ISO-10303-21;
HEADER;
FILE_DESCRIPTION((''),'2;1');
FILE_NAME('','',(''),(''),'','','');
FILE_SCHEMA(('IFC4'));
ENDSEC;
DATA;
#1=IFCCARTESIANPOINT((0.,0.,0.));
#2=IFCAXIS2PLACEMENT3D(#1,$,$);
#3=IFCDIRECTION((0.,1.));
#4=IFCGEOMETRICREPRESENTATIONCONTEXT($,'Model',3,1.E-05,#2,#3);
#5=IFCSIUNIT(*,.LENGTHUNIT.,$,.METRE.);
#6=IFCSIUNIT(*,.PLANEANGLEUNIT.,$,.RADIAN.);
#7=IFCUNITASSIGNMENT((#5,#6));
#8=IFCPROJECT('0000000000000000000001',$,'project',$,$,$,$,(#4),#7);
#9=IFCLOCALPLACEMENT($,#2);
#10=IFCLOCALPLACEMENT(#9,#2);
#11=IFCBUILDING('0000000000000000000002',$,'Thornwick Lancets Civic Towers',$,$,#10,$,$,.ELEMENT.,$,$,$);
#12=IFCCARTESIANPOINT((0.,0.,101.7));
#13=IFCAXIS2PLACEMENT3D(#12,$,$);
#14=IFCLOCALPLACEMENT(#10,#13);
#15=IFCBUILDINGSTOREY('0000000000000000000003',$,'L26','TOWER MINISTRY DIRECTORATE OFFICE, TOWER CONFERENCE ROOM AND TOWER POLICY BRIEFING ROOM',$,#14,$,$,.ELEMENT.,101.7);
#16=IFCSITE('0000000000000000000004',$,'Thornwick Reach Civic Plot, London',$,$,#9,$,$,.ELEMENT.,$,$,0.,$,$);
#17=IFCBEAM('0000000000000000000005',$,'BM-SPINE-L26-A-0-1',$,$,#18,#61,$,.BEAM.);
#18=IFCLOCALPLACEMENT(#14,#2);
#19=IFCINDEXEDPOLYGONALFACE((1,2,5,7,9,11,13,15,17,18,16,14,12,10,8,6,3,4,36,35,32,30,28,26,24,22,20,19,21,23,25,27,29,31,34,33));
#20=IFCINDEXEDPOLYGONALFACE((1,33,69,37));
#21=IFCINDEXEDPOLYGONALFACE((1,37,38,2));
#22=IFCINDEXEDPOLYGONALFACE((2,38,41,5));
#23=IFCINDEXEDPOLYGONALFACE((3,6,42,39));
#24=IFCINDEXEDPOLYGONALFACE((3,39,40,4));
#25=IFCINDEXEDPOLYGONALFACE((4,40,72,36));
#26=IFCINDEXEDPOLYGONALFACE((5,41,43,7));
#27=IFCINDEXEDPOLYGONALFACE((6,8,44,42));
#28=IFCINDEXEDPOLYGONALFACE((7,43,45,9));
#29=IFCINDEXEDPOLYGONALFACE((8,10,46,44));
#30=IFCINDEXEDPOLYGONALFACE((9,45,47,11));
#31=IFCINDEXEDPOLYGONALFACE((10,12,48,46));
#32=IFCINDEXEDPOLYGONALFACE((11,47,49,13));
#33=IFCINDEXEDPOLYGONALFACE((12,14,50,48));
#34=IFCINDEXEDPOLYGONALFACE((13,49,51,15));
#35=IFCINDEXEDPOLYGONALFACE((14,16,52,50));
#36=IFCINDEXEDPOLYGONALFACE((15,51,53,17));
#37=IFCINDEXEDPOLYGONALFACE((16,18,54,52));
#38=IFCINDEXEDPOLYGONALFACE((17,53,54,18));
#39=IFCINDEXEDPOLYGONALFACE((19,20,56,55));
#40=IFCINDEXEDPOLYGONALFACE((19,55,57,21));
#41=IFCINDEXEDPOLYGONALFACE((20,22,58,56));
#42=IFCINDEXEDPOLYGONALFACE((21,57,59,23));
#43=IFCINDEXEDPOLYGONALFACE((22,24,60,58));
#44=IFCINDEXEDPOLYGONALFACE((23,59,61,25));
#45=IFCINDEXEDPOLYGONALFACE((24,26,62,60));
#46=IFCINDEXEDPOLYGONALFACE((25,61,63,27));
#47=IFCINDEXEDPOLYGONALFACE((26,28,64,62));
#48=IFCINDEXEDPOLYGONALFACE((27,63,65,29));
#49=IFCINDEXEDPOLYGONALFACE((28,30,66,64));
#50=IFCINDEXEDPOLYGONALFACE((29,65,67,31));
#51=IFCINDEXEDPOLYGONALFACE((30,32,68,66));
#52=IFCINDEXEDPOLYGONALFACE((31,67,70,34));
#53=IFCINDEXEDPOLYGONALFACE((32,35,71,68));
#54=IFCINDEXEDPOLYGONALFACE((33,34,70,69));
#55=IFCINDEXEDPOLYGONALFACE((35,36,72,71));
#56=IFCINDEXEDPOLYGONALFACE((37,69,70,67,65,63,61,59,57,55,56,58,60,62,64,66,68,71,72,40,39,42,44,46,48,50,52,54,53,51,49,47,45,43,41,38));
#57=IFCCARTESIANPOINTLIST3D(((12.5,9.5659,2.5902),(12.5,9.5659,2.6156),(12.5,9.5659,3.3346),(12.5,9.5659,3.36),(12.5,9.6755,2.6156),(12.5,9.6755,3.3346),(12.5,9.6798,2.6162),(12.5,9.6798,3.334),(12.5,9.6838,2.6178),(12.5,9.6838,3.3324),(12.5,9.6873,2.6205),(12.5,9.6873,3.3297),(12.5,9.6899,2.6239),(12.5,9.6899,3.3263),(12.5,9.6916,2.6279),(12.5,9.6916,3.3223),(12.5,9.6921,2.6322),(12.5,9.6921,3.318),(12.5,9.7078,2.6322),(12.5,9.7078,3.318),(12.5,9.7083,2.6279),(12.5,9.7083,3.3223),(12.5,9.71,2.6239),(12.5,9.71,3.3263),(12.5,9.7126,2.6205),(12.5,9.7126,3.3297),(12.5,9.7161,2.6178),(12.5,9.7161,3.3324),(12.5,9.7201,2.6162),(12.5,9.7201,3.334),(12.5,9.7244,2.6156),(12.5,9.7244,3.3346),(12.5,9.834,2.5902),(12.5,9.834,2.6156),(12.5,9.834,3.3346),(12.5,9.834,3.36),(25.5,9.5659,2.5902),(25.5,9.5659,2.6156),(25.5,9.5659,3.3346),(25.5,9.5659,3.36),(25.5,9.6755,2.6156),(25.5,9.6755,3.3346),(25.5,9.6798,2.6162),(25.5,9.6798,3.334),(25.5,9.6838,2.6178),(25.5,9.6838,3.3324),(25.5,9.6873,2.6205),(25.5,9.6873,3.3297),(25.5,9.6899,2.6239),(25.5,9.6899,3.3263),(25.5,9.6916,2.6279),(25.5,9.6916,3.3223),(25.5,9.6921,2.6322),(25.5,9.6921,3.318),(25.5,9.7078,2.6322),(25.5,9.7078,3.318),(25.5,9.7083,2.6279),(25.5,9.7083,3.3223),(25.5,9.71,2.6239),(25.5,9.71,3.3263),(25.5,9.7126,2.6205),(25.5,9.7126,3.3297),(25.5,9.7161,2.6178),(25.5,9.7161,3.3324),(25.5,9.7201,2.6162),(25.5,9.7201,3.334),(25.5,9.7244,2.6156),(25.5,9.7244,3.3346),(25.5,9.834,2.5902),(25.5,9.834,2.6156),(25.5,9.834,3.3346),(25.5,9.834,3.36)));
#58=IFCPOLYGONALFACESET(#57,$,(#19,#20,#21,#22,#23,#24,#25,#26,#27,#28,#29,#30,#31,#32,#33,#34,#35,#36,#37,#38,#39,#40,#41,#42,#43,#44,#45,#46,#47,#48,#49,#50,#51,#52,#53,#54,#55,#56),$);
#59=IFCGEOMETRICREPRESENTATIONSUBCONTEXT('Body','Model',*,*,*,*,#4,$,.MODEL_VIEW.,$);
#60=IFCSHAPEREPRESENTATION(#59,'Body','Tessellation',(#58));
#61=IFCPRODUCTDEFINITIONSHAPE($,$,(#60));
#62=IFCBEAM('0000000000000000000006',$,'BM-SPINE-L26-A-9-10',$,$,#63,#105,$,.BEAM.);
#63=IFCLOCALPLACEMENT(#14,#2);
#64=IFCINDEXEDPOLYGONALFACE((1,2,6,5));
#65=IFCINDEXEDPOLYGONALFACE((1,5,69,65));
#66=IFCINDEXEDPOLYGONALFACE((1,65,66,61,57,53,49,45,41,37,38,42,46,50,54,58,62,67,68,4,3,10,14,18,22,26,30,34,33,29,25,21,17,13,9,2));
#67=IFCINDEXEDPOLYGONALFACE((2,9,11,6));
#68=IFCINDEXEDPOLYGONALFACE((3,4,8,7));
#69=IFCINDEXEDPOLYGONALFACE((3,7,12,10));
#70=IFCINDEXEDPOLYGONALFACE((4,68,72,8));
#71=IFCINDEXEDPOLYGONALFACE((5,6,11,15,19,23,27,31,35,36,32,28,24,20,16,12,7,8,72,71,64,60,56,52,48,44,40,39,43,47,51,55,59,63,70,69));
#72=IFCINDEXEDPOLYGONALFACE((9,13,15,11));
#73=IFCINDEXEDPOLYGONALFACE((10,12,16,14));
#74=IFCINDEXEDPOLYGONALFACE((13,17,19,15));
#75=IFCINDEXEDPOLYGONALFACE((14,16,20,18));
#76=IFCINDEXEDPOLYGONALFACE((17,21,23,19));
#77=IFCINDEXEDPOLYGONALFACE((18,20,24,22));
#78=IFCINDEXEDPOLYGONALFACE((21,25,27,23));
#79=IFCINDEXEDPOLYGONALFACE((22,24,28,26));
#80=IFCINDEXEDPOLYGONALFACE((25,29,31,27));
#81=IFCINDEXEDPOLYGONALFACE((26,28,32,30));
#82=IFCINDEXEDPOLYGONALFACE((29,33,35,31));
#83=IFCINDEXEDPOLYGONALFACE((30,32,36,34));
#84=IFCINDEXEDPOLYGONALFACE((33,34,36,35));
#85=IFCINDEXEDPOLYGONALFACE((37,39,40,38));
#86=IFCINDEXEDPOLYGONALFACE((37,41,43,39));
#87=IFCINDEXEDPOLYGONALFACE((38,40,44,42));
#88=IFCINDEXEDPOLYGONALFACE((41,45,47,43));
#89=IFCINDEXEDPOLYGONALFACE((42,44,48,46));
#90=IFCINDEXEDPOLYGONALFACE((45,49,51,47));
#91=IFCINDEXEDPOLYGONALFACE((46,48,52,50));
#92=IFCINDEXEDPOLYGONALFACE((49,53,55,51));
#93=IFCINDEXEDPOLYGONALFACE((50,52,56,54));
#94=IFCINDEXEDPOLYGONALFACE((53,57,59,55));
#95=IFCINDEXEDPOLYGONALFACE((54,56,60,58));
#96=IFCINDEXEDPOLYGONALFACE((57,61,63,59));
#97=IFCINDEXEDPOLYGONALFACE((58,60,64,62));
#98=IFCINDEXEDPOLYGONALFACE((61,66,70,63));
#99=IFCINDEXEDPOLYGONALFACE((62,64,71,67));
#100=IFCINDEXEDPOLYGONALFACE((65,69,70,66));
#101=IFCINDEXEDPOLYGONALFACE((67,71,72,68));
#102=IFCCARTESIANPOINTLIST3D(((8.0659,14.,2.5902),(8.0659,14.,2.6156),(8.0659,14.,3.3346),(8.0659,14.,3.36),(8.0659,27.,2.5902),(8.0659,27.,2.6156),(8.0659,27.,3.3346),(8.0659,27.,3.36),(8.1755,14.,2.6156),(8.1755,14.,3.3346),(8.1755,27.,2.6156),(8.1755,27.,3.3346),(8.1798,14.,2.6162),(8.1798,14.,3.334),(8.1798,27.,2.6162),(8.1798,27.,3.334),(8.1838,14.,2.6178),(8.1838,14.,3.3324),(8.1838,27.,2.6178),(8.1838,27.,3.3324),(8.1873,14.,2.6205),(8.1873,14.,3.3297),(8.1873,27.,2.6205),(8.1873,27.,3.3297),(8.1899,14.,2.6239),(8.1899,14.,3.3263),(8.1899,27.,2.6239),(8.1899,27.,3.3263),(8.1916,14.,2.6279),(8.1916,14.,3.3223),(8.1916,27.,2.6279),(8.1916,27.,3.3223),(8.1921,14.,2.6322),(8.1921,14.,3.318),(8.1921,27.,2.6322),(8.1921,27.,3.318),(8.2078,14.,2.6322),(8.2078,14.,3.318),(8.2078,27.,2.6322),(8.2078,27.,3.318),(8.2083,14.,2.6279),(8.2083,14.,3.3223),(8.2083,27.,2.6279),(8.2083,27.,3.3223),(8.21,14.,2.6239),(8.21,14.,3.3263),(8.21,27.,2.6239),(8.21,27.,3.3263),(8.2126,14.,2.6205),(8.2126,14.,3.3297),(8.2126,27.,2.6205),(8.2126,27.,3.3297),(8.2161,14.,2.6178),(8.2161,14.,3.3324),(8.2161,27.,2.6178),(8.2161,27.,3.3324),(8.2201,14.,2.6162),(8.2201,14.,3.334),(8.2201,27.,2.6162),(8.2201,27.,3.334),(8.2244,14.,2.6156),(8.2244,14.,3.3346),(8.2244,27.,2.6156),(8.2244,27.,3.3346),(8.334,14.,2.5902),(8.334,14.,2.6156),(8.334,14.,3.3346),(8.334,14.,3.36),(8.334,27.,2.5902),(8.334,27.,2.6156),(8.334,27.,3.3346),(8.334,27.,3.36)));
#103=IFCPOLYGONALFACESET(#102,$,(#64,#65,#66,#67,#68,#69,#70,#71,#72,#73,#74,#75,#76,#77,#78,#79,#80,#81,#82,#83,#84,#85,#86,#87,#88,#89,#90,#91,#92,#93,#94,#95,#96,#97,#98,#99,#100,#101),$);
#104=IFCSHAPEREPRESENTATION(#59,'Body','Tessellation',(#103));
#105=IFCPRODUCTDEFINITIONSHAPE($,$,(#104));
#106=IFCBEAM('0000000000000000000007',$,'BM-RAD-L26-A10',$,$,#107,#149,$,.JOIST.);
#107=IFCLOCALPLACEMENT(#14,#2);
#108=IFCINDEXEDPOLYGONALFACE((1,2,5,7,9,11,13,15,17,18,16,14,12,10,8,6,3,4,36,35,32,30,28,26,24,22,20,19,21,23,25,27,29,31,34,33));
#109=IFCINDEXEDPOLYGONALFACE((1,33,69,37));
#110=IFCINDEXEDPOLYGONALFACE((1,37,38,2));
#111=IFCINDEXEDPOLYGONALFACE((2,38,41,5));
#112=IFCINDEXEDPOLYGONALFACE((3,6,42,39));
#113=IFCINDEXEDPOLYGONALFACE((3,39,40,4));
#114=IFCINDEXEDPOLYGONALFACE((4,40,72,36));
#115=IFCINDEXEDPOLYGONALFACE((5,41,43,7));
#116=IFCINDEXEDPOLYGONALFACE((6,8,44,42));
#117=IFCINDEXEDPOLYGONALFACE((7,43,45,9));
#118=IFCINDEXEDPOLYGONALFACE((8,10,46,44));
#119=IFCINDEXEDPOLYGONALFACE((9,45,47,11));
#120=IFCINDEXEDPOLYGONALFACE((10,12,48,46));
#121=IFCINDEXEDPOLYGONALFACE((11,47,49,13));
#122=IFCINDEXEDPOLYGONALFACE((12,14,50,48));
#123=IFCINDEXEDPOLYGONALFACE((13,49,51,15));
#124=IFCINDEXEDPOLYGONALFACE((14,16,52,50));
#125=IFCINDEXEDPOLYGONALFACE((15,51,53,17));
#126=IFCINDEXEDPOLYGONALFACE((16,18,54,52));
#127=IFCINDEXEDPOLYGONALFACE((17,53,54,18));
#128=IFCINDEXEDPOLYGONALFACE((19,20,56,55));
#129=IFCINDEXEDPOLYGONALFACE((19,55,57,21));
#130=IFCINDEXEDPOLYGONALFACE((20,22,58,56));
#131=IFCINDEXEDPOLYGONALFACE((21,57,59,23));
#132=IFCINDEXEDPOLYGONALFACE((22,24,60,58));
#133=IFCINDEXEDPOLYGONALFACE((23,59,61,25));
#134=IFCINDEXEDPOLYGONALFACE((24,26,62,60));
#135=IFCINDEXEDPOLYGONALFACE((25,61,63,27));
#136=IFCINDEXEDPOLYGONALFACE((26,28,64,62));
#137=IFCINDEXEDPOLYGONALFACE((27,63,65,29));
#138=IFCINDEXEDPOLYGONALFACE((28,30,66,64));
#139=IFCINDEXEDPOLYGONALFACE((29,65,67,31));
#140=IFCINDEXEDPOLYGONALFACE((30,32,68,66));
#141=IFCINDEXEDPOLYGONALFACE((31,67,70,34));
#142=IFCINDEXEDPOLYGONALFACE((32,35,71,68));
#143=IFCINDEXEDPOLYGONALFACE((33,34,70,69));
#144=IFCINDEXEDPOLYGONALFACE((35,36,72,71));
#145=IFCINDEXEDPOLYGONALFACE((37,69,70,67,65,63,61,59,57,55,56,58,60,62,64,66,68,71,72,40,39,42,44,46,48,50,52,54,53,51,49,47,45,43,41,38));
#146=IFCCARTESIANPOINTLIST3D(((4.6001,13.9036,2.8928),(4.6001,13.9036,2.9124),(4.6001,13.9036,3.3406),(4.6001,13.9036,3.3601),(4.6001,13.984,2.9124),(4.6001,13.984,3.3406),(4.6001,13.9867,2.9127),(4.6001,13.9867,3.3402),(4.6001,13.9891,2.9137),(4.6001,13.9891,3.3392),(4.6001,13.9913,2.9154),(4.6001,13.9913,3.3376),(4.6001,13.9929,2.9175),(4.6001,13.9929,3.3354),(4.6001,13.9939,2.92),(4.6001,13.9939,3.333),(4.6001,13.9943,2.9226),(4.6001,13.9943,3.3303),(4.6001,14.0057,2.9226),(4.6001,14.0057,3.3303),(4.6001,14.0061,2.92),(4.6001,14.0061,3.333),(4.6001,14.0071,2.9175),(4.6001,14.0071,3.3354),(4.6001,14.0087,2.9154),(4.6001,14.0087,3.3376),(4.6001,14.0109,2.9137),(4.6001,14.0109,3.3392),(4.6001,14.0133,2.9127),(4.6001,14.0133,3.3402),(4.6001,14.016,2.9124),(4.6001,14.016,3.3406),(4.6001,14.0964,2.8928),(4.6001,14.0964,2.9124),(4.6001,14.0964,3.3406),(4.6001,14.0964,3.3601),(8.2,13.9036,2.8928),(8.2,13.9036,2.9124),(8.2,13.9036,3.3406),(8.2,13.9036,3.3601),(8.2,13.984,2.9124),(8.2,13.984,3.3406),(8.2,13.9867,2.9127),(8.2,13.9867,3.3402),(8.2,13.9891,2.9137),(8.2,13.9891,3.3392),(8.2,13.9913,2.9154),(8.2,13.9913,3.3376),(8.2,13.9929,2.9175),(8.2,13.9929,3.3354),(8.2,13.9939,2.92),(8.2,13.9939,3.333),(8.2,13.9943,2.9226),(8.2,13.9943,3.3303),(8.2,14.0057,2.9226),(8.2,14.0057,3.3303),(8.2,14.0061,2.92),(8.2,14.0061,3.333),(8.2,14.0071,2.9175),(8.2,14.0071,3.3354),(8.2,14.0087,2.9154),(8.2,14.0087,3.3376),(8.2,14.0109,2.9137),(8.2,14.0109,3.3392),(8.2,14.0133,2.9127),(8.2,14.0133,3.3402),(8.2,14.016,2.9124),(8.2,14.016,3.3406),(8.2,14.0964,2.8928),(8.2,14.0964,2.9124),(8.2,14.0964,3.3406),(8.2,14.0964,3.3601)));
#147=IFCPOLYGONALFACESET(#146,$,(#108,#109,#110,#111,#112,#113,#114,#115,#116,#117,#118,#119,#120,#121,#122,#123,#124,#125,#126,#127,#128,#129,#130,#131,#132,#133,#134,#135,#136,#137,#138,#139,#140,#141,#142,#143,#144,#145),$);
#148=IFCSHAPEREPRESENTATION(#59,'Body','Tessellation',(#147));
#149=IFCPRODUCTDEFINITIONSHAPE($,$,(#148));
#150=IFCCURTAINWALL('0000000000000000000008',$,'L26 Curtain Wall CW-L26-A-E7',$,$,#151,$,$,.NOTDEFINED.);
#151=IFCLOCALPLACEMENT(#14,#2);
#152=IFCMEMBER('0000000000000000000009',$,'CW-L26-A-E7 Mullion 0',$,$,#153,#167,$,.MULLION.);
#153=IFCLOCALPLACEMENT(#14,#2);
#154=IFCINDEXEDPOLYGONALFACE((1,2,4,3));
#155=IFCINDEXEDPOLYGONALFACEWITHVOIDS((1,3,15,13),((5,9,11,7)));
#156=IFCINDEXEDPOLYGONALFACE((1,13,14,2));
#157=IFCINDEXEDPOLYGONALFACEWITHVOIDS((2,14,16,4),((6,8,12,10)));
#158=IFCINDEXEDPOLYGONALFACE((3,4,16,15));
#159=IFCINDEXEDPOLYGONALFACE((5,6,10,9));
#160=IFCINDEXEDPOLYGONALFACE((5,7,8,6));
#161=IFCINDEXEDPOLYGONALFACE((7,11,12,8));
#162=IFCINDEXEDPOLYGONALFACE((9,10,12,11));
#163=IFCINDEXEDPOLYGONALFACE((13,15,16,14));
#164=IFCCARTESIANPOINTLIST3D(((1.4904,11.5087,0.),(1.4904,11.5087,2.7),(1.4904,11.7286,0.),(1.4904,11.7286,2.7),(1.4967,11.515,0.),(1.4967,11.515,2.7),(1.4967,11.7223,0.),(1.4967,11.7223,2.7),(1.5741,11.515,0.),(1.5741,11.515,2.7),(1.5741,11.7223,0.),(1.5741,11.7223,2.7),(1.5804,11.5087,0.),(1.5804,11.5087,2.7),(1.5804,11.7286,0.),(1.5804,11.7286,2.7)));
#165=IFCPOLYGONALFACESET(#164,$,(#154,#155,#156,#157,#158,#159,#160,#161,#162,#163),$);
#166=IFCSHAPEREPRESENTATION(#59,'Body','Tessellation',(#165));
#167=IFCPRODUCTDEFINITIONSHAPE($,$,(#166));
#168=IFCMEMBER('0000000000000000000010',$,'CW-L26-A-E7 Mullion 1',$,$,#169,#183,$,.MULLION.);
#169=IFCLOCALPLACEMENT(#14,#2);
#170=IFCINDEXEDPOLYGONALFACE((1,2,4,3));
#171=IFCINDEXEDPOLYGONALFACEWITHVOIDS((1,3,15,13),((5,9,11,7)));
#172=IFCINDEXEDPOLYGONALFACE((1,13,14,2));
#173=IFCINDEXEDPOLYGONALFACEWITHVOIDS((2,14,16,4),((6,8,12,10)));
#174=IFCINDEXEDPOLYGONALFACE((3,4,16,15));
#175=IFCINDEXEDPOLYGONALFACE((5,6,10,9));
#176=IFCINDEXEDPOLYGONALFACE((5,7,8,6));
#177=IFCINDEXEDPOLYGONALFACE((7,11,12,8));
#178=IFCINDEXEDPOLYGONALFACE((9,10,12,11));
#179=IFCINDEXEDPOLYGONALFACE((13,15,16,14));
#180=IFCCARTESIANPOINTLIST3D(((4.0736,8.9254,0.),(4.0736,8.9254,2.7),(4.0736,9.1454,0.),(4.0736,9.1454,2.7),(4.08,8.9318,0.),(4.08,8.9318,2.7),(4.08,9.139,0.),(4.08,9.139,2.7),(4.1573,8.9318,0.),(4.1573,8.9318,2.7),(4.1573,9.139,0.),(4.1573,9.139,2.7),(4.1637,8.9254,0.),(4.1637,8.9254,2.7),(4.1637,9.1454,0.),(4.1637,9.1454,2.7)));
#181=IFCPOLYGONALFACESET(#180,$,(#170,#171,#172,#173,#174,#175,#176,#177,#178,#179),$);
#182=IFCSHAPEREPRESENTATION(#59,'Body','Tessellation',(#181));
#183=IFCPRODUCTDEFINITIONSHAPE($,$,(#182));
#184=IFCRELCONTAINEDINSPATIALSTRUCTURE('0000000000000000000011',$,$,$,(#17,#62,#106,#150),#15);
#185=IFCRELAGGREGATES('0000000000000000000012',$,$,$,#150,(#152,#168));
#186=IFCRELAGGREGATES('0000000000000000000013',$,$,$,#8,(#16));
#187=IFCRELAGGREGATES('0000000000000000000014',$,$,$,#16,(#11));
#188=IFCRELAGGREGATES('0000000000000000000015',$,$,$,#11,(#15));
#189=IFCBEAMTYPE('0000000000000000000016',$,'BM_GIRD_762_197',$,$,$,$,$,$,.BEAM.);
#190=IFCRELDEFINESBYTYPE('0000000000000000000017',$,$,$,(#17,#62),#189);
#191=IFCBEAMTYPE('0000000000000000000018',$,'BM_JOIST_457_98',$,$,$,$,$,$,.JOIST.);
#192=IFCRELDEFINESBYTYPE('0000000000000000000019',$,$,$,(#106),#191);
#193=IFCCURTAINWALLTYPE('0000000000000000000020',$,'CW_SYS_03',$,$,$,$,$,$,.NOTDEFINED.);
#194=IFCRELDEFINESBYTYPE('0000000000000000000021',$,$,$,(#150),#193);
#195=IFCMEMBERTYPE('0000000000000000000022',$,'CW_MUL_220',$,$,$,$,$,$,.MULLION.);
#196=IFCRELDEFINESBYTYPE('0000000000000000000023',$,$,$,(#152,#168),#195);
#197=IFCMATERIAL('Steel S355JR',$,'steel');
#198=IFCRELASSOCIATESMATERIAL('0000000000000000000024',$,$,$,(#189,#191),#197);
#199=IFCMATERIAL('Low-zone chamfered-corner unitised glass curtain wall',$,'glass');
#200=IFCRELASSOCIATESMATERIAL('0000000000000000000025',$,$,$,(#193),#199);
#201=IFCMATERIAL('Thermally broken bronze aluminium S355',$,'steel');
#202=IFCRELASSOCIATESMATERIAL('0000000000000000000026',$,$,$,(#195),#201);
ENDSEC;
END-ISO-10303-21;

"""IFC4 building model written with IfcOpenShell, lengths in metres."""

from ifc_helpers import new_model, si_unit, direction, frame, origin, origin_2d, place, context, subcontext, project, spatial, hollow_rectangle, i_section, extrude, material, material_profile, profile_set, type_object, element, aggregate, save


model = new_model("IFC4")

# Units and contexts
model_context = context("Model", 3, precision=1e-05, world=origin(), true_north=direction((0.0, 1.0)))
body_context = subcontext(model_context, "Body", "Model", "MODEL_VIEW")
ifc_project = project(units=[si_unit("LENGTHUNIT", "METRE"), si_unit("PLANEANGLEUNIT", "RADIAN")], contexts=[model_context])

# Site, building, storey
site_placement = place(None, origin())
site = spatial("IfcSite", under=ifc_project, at=site_placement, Name="Thornwick Reach Civic Plot, London", CompositionType="ELEMENT", RefElevation=0.0)
building_placement = place(site_placement, origin())
building = spatial("IfcBuilding", under=site, at=building_placement, Name="Thornwick Lancets Civic Towers", CompositionType="ELEMENT")
storey_placement = place(building_placement, frame((0.0, 0.0, 101.7)))
storey = spatial("IfcBuildingStorey", under=building, at=storey_placement, Name="L26", Description="TOWER MINISTRY DIRECTORATE OFFICE, TOWER CONFERENCE ROOM AND TOWER POLICY BRIEFING ROOM", CompositionType="ELEMENT", Elevation=101.7)

# Beams
ifc_material_1 = material(Name="Steel S355JR", Category="steel")
ifc_material_profile_1 = material_profile(ifc_material_1, i_section(OverallWidth=0.2681, OverallDepth=0.7698, WebThickness=0.0156, FlangeThickness=0.0254, FilletRadius=0.0166, at=origin_2d()), Name="UKB 762x267x197")
ifc_profile_set_1 = profile_set([ifc_material_profile_1], Name="Steel S355JR")
beam_type_1 = type_object("IfcBeamType", Name="BM_GIRD_762_197", PredefinedType="BEAM", material=ifc_profile_set_1)
for number, where, z_axis, x_axis, name in (
    (1, (12.5, 9.7, 2.9751), (1.0, 0.0, 0.0), (0.0, 1.0, 0.0), "BM-SPINE-L26-A-0-1"),
    (2, (8.2, 14.0, 2.9751), (0.0, 1.0, 0.0), (-1.0, 0.0, 0.0), "BM-SPINE-L26-A-9-10"),
):
    element("IfcBeam", number, at=place(storey_placement, frame(where, z_axis=z_axis, x_axis=x_axis)), inside=storey, type_object=beam_type_1, Name=name, PredefinedType="BEAM", context=body_context, shape_type="SweptSolid", body=[
        extrude(i_section(OverallWidth=0.2681, OverallDepth=0.7698, WebThickness=0.0156, FlangeThickness=0.0254, FilletRadius=0.0166, at=origin_2d()), origin(), (0.0, 0.0, 1.0), 13.0),
    ])
ifc_material_profile_2 = material_profile(ifc_material_1, i_section(OverallWidth=0.1929, OverallDepth=0.4673, WebThickness=0.0115, FlangeThickness=0.0195, FilletRadius=0.0103, at=origin_2d()), Name="UKB 457x191x98")
ifc_profile_set_2 = profile_set([ifc_material_profile_2], Name="Steel S355JR")
beam_type_2 = type_object("IfcBeamType", Name="BM_JOIST_457_98", PredefinedType="JOIST", material=ifc_profile_set_2)
beam_1_placement = place(storey_placement, frame((8.2, 14.0, 3.1265), z_axis=(-1.0, 0.0, 0.0), x_axis=(0.0, -1.0, 0.0)))
element("IfcBeam", 3, at=beam_1_placement, inside=storey, type_object=beam_type_2, Name="BM-RAD-L26-A10", PredefinedType="JOIST", context=body_context, shape_type="SweptSolid", body=[
    extrude(i_section(OverallWidth=0.1929, OverallDepth=0.4673, WebThickness=0.0115, FlangeThickness=0.0195, FilletRadius=0.0103, at=origin_2d()), origin(), (0.0, 0.0, 1.0), 3.5999),
])

# Curtain wall, members
ifc_material_2 = material(Name="Low-zone chamfered-corner unitised glass curtain wall", Category="glass")
curtain_wall_type = type_object("IfcCurtainWallType", Name="CW_SYS_03", PredefinedType="NOTDEFINED", material=ifc_material_2)
curtain_wall_placement = place(storey_placement, origin())
curtain_wall = element("IfcCurtainWall", 4, at=curtain_wall_placement, inside=storey, type_object=curtain_wall_type, Name="L26 Curtain Wall CW-L26-A-E7", PredefinedType="NOTDEFINED")
ifc_material_3 = material(Name="Thermally broken bronze aluminium S355", Category="steel")
ifc_material_profile_3 = material_profile(ifc_material_3, hollow_rectangle(XDim=0.0901, YDim=0.22, WallThickness=0.0063, at=origin_2d()), Name="RHS 220x90x6.3")
ifc_profile_set_3 = profile_set([ifc_material_profile_3], Name="Thermally broken bronze aluminium S355")
member_type_1 = type_object("IfcMemberType", Name="CW_MUL_220", PredefinedType="MULLION", material=ifc_profile_set_3)
member_1_placement = place(storey_placement, frame((1.5354, 11.6187, 0.0), z_axis=(0.0, 0.0, 1.0), x_axis=(1.0, 0.0, 0.0)))
member_1 = element("IfcMember", 5, at=member_1_placement, type_object=member_type_1, Name="CW-L26-A-E7 Mullion 0", PredefinedType="MULLION", context=body_context, shape_type="SweptSolid", body=[
    extrude(hollow_rectangle(XDim=0.0901, YDim=0.22, WallThickness=0.0063, at=origin_2d()), origin(), (0.0, 0.0, 1.0), 2.7),
])
member_2_placement = place(storey_placement, frame((4.1187, 9.0354, 0.0), z_axis=(0.0, 0.0, 1.0), x_axis=(1.0, 0.0, 0.0)))
member_2 = element("IfcMember", 6, at=member_2_placement, type_object=member_type_1, Name="CW-L26-A-E7 Mullion 1", PredefinedType="MULLION", context=body_context, shape_type="SweptSolid", body=[
    extrude(hollow_rectangle(XDim=0.0901, YDim=0.22, WallThickness=0.0063, at=origin_2d()), origin(), (0.0, 0.0, 1.0), 2.7),
])
aggregate(curtain_wall, [member_1, member_2])

save(model, "model.ifc")
